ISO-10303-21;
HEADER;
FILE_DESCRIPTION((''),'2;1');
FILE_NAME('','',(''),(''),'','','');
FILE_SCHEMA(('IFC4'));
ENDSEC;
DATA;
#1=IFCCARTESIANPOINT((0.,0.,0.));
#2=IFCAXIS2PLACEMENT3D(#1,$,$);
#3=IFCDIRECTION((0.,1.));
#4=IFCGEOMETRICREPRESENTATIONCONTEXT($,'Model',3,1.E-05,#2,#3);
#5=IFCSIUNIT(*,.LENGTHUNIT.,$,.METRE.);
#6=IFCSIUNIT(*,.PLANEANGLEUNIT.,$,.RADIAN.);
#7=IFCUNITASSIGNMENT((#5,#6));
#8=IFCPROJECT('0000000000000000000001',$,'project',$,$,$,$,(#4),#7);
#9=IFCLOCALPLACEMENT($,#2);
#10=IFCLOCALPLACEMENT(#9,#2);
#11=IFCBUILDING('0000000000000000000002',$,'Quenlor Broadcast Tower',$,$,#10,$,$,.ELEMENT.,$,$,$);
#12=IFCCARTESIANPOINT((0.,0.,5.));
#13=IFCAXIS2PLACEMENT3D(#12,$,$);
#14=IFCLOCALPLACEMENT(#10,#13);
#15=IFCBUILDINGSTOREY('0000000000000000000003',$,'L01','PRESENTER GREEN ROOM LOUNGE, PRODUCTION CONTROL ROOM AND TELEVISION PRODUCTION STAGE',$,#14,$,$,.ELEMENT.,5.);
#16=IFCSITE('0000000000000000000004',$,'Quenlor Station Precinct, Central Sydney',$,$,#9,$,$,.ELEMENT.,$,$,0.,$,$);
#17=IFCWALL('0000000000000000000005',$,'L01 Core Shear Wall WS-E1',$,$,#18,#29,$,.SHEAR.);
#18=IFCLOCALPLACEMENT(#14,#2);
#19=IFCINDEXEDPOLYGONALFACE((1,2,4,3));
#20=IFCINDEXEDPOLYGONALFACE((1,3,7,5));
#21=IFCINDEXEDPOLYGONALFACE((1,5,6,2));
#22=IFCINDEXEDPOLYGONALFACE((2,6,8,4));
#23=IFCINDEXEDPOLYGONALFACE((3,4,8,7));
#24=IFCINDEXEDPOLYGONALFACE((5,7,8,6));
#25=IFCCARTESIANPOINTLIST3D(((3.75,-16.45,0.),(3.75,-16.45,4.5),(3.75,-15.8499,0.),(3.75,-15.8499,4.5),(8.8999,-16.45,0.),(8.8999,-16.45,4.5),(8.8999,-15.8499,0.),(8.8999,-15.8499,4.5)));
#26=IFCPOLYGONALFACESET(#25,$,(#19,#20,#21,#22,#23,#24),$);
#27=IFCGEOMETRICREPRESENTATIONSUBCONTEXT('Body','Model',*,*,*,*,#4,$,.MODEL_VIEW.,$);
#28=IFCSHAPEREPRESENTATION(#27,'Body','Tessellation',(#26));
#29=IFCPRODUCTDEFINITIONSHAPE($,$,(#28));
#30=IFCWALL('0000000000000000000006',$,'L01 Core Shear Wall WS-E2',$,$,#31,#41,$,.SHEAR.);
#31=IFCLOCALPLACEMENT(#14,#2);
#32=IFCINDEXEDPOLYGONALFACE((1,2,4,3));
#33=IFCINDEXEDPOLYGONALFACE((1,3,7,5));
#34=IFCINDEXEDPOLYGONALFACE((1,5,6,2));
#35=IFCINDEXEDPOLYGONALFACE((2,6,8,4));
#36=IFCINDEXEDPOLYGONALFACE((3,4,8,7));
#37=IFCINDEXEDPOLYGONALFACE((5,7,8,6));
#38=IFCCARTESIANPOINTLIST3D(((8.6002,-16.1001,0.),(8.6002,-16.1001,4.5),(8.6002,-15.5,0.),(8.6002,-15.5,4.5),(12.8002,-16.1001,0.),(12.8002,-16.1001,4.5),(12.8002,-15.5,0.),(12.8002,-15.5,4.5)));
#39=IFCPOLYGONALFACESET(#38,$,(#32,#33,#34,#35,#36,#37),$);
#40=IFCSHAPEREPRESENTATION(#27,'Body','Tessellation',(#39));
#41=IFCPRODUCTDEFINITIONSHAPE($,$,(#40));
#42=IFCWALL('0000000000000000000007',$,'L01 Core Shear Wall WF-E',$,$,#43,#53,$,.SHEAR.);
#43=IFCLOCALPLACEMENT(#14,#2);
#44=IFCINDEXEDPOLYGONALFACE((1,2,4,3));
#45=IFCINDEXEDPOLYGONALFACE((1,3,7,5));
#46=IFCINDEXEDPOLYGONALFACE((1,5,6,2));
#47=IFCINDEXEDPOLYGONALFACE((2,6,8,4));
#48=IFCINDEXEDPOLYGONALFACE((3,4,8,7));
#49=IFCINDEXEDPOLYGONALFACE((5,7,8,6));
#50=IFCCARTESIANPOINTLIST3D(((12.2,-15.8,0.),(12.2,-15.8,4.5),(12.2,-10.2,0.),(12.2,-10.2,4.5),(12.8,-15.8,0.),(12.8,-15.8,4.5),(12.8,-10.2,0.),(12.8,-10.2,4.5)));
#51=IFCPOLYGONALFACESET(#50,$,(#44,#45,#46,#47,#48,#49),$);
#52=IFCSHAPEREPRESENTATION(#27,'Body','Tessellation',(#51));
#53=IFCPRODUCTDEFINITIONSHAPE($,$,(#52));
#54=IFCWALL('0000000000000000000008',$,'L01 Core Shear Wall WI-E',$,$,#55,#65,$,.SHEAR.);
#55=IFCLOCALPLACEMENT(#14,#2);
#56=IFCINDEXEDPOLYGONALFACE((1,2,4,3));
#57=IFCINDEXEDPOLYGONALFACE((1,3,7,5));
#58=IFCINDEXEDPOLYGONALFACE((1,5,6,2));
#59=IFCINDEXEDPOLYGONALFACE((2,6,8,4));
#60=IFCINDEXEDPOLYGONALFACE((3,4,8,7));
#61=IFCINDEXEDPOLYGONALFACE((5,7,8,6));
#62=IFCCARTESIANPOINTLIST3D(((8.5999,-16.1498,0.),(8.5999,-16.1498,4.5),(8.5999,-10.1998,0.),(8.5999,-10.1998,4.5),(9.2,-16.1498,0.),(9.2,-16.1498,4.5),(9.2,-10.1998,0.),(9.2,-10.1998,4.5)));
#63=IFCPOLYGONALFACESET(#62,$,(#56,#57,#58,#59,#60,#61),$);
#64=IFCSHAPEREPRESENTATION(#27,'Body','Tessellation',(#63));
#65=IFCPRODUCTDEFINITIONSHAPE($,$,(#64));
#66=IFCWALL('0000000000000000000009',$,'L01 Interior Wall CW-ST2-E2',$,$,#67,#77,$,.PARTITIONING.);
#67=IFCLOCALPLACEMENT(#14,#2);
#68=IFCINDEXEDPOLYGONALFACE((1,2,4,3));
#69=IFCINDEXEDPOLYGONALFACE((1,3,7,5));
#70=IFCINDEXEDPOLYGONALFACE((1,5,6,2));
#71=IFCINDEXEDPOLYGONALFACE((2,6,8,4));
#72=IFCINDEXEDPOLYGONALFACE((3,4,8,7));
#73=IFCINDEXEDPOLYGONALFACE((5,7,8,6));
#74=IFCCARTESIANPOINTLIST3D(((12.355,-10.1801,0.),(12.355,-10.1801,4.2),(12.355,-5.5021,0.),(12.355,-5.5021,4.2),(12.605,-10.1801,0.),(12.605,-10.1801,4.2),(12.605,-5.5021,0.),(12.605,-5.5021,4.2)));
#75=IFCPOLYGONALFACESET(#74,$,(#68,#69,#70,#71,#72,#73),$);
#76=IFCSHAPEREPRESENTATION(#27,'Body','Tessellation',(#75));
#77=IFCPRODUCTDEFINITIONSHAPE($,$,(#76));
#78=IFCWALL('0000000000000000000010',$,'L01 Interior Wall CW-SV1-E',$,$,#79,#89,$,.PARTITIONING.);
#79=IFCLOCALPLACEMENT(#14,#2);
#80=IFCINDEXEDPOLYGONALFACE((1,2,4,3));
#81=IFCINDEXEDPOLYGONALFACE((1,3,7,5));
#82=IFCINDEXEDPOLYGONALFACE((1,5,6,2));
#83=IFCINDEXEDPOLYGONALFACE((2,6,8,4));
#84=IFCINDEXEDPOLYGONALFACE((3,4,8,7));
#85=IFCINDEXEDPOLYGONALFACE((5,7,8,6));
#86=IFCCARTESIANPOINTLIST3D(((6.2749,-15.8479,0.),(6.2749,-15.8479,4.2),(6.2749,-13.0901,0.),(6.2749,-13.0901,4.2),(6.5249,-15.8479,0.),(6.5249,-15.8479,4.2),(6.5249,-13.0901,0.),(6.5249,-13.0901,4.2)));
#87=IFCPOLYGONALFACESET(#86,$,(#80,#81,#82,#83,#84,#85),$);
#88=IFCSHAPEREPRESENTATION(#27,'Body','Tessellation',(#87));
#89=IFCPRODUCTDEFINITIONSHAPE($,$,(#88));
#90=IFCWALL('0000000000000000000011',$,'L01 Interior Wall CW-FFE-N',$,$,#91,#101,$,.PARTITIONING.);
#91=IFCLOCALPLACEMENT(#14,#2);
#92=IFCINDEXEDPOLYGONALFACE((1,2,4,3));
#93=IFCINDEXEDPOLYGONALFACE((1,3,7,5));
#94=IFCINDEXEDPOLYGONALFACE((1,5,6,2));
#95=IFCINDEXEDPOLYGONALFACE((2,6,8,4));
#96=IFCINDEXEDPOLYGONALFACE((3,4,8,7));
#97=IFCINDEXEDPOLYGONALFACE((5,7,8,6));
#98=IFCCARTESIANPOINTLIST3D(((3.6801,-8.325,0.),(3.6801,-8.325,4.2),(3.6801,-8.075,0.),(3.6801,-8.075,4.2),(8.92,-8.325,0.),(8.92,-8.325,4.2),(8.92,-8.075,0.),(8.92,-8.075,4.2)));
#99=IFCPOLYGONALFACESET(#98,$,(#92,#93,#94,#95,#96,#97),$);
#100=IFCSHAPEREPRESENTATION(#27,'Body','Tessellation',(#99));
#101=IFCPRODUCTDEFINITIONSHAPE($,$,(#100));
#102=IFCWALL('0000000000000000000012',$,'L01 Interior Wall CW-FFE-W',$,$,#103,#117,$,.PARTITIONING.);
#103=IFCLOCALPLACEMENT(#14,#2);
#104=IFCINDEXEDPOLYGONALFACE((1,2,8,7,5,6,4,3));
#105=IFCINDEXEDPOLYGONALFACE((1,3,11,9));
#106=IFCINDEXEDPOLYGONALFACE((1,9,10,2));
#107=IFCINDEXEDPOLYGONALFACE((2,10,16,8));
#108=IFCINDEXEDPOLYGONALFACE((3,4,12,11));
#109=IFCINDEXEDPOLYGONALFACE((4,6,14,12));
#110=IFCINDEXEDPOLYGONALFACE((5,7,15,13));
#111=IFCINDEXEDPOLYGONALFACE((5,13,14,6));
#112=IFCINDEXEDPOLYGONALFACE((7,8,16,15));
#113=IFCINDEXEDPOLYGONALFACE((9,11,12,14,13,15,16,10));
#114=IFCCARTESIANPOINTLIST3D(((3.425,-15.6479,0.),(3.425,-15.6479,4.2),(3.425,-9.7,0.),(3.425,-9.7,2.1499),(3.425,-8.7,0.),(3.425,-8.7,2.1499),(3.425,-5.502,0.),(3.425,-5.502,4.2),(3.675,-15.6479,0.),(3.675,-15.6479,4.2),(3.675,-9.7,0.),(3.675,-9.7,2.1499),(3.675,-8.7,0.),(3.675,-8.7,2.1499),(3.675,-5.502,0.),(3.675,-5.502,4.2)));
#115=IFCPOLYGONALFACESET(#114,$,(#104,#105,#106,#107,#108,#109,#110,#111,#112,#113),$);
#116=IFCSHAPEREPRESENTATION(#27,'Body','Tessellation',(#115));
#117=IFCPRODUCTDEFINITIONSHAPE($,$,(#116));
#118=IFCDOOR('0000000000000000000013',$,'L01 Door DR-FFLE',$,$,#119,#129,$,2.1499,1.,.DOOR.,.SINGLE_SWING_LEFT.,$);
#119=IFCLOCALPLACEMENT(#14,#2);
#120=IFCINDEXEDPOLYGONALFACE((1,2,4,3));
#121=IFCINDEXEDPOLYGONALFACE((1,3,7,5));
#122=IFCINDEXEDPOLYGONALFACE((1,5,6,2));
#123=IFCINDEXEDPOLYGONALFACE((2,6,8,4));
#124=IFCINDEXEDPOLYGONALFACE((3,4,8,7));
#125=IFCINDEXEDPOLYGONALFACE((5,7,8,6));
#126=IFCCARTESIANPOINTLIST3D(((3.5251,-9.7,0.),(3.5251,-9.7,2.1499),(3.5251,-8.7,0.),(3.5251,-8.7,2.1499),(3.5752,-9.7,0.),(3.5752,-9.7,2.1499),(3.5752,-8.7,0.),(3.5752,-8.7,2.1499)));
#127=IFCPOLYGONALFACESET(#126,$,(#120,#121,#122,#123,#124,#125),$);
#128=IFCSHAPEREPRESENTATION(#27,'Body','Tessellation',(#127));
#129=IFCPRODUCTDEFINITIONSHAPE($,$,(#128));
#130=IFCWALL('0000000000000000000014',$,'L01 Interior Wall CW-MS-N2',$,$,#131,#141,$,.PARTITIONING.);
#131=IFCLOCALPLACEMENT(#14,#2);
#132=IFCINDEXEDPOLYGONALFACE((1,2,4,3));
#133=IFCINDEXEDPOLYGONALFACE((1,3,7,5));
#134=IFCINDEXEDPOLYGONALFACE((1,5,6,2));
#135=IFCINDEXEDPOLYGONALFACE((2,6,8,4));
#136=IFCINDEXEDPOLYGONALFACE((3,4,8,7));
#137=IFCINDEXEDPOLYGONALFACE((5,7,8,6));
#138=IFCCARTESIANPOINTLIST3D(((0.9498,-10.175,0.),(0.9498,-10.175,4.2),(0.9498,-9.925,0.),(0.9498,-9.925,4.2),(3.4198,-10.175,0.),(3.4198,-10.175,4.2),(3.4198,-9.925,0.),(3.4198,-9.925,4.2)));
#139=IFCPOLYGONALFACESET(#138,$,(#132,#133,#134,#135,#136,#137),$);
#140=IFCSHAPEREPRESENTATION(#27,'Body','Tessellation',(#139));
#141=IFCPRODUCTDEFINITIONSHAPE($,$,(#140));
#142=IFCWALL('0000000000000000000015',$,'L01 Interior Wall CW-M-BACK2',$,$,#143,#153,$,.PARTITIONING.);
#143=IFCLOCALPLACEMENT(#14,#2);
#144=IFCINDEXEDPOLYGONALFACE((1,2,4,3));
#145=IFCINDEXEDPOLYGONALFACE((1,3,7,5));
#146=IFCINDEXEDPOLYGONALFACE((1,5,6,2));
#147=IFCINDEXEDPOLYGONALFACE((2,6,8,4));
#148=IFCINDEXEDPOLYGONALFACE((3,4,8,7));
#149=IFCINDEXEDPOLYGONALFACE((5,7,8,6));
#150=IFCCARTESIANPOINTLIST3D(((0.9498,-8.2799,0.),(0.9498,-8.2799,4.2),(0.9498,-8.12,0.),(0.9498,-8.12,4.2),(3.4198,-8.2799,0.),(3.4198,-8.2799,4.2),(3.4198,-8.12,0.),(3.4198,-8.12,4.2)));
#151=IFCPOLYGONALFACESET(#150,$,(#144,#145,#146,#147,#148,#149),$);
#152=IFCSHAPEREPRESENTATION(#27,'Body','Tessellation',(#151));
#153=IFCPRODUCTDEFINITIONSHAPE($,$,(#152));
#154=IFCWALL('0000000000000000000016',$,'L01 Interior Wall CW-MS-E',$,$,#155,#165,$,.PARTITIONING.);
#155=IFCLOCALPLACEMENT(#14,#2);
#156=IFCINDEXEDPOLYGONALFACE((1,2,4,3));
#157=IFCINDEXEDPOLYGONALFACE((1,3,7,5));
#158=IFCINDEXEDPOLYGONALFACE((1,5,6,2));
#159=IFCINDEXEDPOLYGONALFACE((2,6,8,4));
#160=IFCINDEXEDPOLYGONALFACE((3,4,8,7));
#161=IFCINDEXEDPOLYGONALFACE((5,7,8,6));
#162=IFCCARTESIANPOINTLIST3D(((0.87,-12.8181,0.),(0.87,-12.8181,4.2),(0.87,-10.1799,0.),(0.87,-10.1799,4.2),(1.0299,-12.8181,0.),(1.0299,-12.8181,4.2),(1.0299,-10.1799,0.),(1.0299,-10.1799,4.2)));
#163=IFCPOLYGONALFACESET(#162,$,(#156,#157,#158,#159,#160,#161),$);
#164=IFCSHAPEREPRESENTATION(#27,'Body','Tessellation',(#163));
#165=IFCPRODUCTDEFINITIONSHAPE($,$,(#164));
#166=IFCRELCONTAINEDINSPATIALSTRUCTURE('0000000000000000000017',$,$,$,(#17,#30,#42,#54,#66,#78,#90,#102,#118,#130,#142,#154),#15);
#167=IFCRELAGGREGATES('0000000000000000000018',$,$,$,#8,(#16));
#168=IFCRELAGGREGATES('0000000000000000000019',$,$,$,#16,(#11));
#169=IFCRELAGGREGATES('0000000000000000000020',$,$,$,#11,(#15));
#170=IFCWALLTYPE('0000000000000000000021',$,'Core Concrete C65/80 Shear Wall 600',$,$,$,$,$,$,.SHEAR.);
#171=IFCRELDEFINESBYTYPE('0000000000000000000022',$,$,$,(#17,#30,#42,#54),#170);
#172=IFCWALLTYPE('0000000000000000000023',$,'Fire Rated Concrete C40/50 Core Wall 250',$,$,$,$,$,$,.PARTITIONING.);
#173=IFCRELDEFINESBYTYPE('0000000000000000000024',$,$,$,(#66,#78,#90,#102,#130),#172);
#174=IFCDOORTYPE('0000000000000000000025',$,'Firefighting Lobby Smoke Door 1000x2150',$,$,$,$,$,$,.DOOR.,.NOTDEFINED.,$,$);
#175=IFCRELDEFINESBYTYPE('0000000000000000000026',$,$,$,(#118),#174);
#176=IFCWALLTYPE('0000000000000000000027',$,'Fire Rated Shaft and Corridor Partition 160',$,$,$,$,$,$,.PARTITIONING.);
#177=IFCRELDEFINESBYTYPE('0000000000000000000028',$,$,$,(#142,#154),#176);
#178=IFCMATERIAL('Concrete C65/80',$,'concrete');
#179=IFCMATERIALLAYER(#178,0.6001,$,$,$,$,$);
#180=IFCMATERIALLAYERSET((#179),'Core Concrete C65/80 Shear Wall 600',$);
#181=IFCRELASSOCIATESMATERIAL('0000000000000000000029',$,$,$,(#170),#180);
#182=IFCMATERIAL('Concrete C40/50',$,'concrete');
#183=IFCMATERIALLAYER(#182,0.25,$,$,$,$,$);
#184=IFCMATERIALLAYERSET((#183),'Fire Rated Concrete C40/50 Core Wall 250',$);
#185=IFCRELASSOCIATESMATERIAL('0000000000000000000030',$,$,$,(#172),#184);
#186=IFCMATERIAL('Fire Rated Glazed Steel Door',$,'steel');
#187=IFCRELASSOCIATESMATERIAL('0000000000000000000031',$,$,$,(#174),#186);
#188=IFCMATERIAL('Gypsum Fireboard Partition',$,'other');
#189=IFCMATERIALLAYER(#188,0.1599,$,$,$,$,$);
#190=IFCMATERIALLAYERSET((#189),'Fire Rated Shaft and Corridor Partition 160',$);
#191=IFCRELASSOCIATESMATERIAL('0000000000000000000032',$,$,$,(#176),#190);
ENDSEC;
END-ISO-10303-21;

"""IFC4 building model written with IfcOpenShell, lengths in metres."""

from ifc_helpers import new_model, si_unit, direction, frame, frame_2d, origin, place, context, subcontext, project, spatial, rectangle, extrude, material, layer, layer_set, type_object, element, fill, save


model = new_model("IFC4")

# Units and contexts
model_context = context("Model", 3, precision=1e-05, world=origin(), true_north=direction((0.0, 1.0)))
body_context = subcontext(model_context, "Body", "Model", "MODEL_VIEW")
ifc_project = project(units=[si_unit("LENGTHUNIT", "METRE"), si_unit("PLANEANGLEUNIT", "RADIAN")], contexts=[model_context])

# Site, building, storey
site_placement = place(None, origin())
site = spatial("IfcSite", under=ifc_project, at=site_placement, Name="Quenlor Station Precinct, Central Sydney", CompositionType="ELEMENT", RefElevation=0.0)
building_placement = place(site_placement, origin())
building = spatial("IfcBuilding", under=site, at=building_placement, Name="Quenlor Broadcast Tower", CompositionType="ELEMENT")
storey_placement = place(building_placement, frame((0.0, 0.0, 5.0)))
storey = spatial("IfcBuildingStorey", under=building, at=storey_placement, Name="L01", Description="PRESENTER GREEN ROOM LOUNGE, PRODUCTION CONTROL ROOM AND TELEVISION PRODUCTION STAGE", CompositionType="ELEMENT", Elevation=5.0)

# Walls
ifc_material_1 = material(Name="Concrete C65/80", Category="concrete")
ifc_layer_1 = layer(ifc_material_1, 0.6001)
ifc_layer_set_1 = layer_set([ifc_layer_1], Name="Core Concrete C65/80 Shear Wall 600")
wall_type_1 = type_object("IfcWallType", Name="Core Concrete C65/80 Shear Wall 600", PredefinedType="SHEAR", material=ifc_layer_set_1)
wall_1_placement = place(storey_placement, frame((3.75, -16.1499, 0.0), z_axis=(0.0, 0.0, 1.0), x_axis=(1.0, 0.0, 0.0)))
element("IfcWall", 1, at=wall_1_placement, inside=storey, type_object=wall_type_1, Name="L01 Core Shear Wall WS-E1", PredefinedType="SHEAR", context=body_context, shape_type="SweptSolid", body=[
    extrude(rectangle(XDim=5.1499, YDim=0.6001, at=frame_2d((2.575, 0.0))), origin(), (0.0, 0.0, 1.0), 4.5),
])
wall_2_placement = place(storey_placement, frame((8.6001, -15.8, 0.0), z_axis=(0.0, 0.0, 1.0), x_axis=(1.0, 0.0, 0.0)))
element("IfcWall", 2, at=wall_2_placement, inside=storey, type_object=wall_type_1, Name="L01 Core Shear Wall WS-E2", PredefinedType="SHEAR", context=body_context, shape_type="SweptSolid", body=[
    extrude(rectangle(XDim=4.2, YDim=0.6001, at=frame_2d((2.1001, 0.0))), origin(), (0.0, 0.0, 1.0), 4.5),
])
wall_3_placement = place(storey_placement, frame((12.5, -15.8, 0.0), z_axis=(0.0, 0.0, 1.0), x_axis=(0.0, 1.0, 0.0)))
element("IfcWall", 3, at=wall_3_placement, inside=storey, type_object=wall_type_1, Name="L01 Core Shear Wall WF-E", PredefinedType="SHEAR", context=body_context, shape_type="SweptSolid", body=[
    extrude(rectangle(XDim=5.6001, YDim=0.6001, at=frame_2d((2.8, 0.0))), origin(), (0.0, 0.0, 1.0), 4.5),
])
wall_4_placement = place(storey_placement, frame((8.8999, -16.1499, 0.0), z_axis=(0.0, 0.0, 1.0), x_axis=(0.0, 1.0, 0.0)))
element("IfcWall", 4, at=wall_4_placement, inside=storey, type_object=wall_type_1, Name="L01 Core Shear Wall WI-E", PredefinedType="SHEAR", context=body_context, shape_type="SweptSolid", body=[
    extrude(rectangle(XDim=5.95, YDim=0.6001, at=frame_2d((2.9751, 0.0))), origin(), (0.0, 0.0, 1.0), 4.5),
])

# Shared definitions
ifc_material_2 = material(Name="Concrete C40/50", Category="concrete")
ifc_layer_2 = layer(ifc_material_2, 0.25)
ifc_layer_set_2 = layer_set([ifc_layer_2], Name="Fire Rated Concrete C40/50 Core Wall 250")
wall_type_2 = type_object("IfcWallType", Name="Fire Rated Concrete C40/50 Core Wall 250", PredefinedType="PARTITIONING", material=ifc_layer_set_2)

# Wall
wall_5_placement = place(storey_placement, frame((12.48, -10.1799, 0.0), z_axis=(0.0, 0.0, 1.0), x_axis=(0.0, 1.0, 0.0)))
element("IfcWall", 5, at=wall_5_placement, inside=storey, type_object=wall_type_2, Name="L01 Interior Wall CW-ST2-E2", PredefinedType="PARTITIONING", context=body_context, shape_type="SweptSolid", body=[
    extrude(rectangle(XDim=4.678, YDim=0.25, at=frame_2d((2.3389, 0.0))), origin(), (0.0, 0.0, 1.0), 4.2),
])

# Walls
wall_6_placement = place(storey_placement, frame((6.3999, -15.8479, 0.0), z_axis=(0.0, 0.0, 1.0), x_axis=(0.0, 1.0, 0.0)))
element("IfcWall", 6, at=wall_6_placement, inside=storey, type_object=wall_type_2, Name="L01 Interior Wall CW-SV1-E", PredefinedType="PARTITIONING", context=body_context, shape_type="SweptSolid", body=[
    extrude(rectangle(XDim=2.7578, YDim=0.25, at=frame_2d((1.3789, 0.0))), origin(), (0.0, 0.0, 1.0), 4.2),
])
wall_7_placement = place(storey_placement, frame((3.6799, -8.2, 0.0), z_axis=(0.0, 0.0, 1.0), x_axis=(1.0, 0.0, 0.0)))
element("IfcWall", 7, at=wall_7_placement, inside=storey, type_object=wall_type_2, Name="L01 Interior Wall CW-FFE-N", PredefinedType="PARTITIONING", context=body_context, shape_type="SweptSolid", body=[
    extrude(rectangle(XDim=5.24, YDim=0.25, at=frame_2d((2.6201, 0.0))), origin(), (0.0, 0.0, 1.0), 4.2),
])

# Wall, opening, door
wall_8_placement = place(storey_placement, frame((3.55, -15.6479, 0.0), z_axis=(0.0, 0.0, 1.0), x_axis=(0.0, 1.0, 0.0)))
wall_8 = element("IfcWall", 8, at=wall_8_placement, inside=storey, type_object=wall_type_2, Name="L01 Interior Wall CW-FFE-W", PredefinedType="PARTITIONING", context=body_context, shape_type="SweptSolid", body=[
    extrude(rectangle(XDim=10.146, YDim=0.25, at=frame_2d((5.073, 0.0))), origin(), (0.0, 0.0, 1.0), 4.2),
])
opening_1_placement = place(wall_8_placement, frame((5.948, 0.0, 0.0)))
opening_1 = element("IfcOpeningElement", 9, at=opening_1_placement, cuts=wall_8, PredefinedType="OPENING", context=body_context, shape_type="SweptSolid", body=[
    extrude(rectangle(XDim=1.0, YDim=2.1499, at=frame_2d((0.5, 1.075))), frame((0.0, 0.135, 0.0), z_axis=(0.0, -1.0, 0.0), x_axis=(1.0, 0.0, 0.0)), (0.0, 0.0, 1.0), 0.27),
])
ifc_material_3 = material(Name="Fire Rated Glazed Steel Door", Category="steel")
door_type_1 = type_object("IfcDoorType", Name="Firefighting Lobby Smoke Door 1000x2150", OperationType="NOTDEFINED", PredefinedType="DOOR", material=ifc_material_3)
door_1_placement = place(opening_1_placement, origin())
door_1 = element("IfcDoor", 10, at=door_1_placement, inside=storey, type_object=door_type_1, Name="L01 Door DR-FFLE", OperationType="SINGLE_SWING_LEFT", OverallHeight=2.1499, OverallWidth=1.0, PredefinedType="DOOR", context=body_context, shape_type="SweptSolid", body=[
    extrude(rectangle(XDim=1.0, YDim=2.1499, at=frame_2d((0.5, 1.075))), frame((0.0, 0.0249, 0.0), z_axis=(0.0, -1.0, 0.0), x_axis=(1.0, 0.0, 0.0)), (0.0, 0.0, 1.0), 0.05),
])
fill(opening_1, door_1)

# Walls
wall_9_placement = place(storey_placement, frame((0.95, -10.05, 0.0), z_axis=(0.0, 0.0, 1.0), x_axis=(1.0, 0.0, 0.0)))
element("IfcWall", 11, at=wall_9_placement, inside=storey, type_object=wall_type_2, Name="L01 Interior Wall CW-MS-N2", PredefinedType="PARTITIONING", context=body_context, shape_type="SweptSolid", body=[
    extrude(rectangle(XDim=2.47, YDim=0.25, at=frame_2d((1.2349, 0.0))), origin(), (0.0, 0.0, 1.0), 4.2),
])
ifc_material_4 = material(Name="Gypsum Fireboard Partition", Category="other")
ifc_layer_3 = layer(ifc_material_4, 0.1599)
ifc_layer_set_3 = layer_set([ifc_layer_3], Name="Fire Rated Shaft and Corridor Partition 160")
wall_type_3 = type_object("IfcWallType", Name="Fire Rated Shaft and Corridor Partition 160", PredefinedType="PARTITIONING", material=ifc_layer_set_3)
wall_10_placement = place(storey_placement, frame((0.95, -8.2, 0.0), z_axis=(0.0, 0.0, 1.0), x_axis=(1.0, 0.0, 0.0)))
element("IfcWall", 12, at=wall_10_placement, inside=storey, type_object=wall_type_3, Name="L01 Interior Wall CW-M-BACK2", PredefinedType="PARTITIONING", context=body_context, shape_type="SweptSolid", body=[
    extrude(rectangle(XDim=2.47, YDim=0.1599, at=frame_2d((1.2349, 0.0))), origin(), (0.0, 0.0, 1.0), 4.2),
])
wall_11_placement = place(storey_placement, frame((0.95, -12.8181, 0.0), z_axis=(0.0, 0.0, 1.0), x_axis=(0.0, 1.0, 0.0)))
element("IfcWall", 13, at=wall_11_placement, inside=storey, type_object=wall_type_3, Name="L01 Interior Wall CW-MS-E", PredefinedType="PARTITIONING", context=body_context, shape_type="SweptSolid", body=[
    extrude(rectangle(XDim=2.6382, YDim=0.1599, at=frame_2d((1.3191, 0.0))), origin(), (0.0, 0.0, 1.0), 4.2),
])

save(model, "model.ifc")
